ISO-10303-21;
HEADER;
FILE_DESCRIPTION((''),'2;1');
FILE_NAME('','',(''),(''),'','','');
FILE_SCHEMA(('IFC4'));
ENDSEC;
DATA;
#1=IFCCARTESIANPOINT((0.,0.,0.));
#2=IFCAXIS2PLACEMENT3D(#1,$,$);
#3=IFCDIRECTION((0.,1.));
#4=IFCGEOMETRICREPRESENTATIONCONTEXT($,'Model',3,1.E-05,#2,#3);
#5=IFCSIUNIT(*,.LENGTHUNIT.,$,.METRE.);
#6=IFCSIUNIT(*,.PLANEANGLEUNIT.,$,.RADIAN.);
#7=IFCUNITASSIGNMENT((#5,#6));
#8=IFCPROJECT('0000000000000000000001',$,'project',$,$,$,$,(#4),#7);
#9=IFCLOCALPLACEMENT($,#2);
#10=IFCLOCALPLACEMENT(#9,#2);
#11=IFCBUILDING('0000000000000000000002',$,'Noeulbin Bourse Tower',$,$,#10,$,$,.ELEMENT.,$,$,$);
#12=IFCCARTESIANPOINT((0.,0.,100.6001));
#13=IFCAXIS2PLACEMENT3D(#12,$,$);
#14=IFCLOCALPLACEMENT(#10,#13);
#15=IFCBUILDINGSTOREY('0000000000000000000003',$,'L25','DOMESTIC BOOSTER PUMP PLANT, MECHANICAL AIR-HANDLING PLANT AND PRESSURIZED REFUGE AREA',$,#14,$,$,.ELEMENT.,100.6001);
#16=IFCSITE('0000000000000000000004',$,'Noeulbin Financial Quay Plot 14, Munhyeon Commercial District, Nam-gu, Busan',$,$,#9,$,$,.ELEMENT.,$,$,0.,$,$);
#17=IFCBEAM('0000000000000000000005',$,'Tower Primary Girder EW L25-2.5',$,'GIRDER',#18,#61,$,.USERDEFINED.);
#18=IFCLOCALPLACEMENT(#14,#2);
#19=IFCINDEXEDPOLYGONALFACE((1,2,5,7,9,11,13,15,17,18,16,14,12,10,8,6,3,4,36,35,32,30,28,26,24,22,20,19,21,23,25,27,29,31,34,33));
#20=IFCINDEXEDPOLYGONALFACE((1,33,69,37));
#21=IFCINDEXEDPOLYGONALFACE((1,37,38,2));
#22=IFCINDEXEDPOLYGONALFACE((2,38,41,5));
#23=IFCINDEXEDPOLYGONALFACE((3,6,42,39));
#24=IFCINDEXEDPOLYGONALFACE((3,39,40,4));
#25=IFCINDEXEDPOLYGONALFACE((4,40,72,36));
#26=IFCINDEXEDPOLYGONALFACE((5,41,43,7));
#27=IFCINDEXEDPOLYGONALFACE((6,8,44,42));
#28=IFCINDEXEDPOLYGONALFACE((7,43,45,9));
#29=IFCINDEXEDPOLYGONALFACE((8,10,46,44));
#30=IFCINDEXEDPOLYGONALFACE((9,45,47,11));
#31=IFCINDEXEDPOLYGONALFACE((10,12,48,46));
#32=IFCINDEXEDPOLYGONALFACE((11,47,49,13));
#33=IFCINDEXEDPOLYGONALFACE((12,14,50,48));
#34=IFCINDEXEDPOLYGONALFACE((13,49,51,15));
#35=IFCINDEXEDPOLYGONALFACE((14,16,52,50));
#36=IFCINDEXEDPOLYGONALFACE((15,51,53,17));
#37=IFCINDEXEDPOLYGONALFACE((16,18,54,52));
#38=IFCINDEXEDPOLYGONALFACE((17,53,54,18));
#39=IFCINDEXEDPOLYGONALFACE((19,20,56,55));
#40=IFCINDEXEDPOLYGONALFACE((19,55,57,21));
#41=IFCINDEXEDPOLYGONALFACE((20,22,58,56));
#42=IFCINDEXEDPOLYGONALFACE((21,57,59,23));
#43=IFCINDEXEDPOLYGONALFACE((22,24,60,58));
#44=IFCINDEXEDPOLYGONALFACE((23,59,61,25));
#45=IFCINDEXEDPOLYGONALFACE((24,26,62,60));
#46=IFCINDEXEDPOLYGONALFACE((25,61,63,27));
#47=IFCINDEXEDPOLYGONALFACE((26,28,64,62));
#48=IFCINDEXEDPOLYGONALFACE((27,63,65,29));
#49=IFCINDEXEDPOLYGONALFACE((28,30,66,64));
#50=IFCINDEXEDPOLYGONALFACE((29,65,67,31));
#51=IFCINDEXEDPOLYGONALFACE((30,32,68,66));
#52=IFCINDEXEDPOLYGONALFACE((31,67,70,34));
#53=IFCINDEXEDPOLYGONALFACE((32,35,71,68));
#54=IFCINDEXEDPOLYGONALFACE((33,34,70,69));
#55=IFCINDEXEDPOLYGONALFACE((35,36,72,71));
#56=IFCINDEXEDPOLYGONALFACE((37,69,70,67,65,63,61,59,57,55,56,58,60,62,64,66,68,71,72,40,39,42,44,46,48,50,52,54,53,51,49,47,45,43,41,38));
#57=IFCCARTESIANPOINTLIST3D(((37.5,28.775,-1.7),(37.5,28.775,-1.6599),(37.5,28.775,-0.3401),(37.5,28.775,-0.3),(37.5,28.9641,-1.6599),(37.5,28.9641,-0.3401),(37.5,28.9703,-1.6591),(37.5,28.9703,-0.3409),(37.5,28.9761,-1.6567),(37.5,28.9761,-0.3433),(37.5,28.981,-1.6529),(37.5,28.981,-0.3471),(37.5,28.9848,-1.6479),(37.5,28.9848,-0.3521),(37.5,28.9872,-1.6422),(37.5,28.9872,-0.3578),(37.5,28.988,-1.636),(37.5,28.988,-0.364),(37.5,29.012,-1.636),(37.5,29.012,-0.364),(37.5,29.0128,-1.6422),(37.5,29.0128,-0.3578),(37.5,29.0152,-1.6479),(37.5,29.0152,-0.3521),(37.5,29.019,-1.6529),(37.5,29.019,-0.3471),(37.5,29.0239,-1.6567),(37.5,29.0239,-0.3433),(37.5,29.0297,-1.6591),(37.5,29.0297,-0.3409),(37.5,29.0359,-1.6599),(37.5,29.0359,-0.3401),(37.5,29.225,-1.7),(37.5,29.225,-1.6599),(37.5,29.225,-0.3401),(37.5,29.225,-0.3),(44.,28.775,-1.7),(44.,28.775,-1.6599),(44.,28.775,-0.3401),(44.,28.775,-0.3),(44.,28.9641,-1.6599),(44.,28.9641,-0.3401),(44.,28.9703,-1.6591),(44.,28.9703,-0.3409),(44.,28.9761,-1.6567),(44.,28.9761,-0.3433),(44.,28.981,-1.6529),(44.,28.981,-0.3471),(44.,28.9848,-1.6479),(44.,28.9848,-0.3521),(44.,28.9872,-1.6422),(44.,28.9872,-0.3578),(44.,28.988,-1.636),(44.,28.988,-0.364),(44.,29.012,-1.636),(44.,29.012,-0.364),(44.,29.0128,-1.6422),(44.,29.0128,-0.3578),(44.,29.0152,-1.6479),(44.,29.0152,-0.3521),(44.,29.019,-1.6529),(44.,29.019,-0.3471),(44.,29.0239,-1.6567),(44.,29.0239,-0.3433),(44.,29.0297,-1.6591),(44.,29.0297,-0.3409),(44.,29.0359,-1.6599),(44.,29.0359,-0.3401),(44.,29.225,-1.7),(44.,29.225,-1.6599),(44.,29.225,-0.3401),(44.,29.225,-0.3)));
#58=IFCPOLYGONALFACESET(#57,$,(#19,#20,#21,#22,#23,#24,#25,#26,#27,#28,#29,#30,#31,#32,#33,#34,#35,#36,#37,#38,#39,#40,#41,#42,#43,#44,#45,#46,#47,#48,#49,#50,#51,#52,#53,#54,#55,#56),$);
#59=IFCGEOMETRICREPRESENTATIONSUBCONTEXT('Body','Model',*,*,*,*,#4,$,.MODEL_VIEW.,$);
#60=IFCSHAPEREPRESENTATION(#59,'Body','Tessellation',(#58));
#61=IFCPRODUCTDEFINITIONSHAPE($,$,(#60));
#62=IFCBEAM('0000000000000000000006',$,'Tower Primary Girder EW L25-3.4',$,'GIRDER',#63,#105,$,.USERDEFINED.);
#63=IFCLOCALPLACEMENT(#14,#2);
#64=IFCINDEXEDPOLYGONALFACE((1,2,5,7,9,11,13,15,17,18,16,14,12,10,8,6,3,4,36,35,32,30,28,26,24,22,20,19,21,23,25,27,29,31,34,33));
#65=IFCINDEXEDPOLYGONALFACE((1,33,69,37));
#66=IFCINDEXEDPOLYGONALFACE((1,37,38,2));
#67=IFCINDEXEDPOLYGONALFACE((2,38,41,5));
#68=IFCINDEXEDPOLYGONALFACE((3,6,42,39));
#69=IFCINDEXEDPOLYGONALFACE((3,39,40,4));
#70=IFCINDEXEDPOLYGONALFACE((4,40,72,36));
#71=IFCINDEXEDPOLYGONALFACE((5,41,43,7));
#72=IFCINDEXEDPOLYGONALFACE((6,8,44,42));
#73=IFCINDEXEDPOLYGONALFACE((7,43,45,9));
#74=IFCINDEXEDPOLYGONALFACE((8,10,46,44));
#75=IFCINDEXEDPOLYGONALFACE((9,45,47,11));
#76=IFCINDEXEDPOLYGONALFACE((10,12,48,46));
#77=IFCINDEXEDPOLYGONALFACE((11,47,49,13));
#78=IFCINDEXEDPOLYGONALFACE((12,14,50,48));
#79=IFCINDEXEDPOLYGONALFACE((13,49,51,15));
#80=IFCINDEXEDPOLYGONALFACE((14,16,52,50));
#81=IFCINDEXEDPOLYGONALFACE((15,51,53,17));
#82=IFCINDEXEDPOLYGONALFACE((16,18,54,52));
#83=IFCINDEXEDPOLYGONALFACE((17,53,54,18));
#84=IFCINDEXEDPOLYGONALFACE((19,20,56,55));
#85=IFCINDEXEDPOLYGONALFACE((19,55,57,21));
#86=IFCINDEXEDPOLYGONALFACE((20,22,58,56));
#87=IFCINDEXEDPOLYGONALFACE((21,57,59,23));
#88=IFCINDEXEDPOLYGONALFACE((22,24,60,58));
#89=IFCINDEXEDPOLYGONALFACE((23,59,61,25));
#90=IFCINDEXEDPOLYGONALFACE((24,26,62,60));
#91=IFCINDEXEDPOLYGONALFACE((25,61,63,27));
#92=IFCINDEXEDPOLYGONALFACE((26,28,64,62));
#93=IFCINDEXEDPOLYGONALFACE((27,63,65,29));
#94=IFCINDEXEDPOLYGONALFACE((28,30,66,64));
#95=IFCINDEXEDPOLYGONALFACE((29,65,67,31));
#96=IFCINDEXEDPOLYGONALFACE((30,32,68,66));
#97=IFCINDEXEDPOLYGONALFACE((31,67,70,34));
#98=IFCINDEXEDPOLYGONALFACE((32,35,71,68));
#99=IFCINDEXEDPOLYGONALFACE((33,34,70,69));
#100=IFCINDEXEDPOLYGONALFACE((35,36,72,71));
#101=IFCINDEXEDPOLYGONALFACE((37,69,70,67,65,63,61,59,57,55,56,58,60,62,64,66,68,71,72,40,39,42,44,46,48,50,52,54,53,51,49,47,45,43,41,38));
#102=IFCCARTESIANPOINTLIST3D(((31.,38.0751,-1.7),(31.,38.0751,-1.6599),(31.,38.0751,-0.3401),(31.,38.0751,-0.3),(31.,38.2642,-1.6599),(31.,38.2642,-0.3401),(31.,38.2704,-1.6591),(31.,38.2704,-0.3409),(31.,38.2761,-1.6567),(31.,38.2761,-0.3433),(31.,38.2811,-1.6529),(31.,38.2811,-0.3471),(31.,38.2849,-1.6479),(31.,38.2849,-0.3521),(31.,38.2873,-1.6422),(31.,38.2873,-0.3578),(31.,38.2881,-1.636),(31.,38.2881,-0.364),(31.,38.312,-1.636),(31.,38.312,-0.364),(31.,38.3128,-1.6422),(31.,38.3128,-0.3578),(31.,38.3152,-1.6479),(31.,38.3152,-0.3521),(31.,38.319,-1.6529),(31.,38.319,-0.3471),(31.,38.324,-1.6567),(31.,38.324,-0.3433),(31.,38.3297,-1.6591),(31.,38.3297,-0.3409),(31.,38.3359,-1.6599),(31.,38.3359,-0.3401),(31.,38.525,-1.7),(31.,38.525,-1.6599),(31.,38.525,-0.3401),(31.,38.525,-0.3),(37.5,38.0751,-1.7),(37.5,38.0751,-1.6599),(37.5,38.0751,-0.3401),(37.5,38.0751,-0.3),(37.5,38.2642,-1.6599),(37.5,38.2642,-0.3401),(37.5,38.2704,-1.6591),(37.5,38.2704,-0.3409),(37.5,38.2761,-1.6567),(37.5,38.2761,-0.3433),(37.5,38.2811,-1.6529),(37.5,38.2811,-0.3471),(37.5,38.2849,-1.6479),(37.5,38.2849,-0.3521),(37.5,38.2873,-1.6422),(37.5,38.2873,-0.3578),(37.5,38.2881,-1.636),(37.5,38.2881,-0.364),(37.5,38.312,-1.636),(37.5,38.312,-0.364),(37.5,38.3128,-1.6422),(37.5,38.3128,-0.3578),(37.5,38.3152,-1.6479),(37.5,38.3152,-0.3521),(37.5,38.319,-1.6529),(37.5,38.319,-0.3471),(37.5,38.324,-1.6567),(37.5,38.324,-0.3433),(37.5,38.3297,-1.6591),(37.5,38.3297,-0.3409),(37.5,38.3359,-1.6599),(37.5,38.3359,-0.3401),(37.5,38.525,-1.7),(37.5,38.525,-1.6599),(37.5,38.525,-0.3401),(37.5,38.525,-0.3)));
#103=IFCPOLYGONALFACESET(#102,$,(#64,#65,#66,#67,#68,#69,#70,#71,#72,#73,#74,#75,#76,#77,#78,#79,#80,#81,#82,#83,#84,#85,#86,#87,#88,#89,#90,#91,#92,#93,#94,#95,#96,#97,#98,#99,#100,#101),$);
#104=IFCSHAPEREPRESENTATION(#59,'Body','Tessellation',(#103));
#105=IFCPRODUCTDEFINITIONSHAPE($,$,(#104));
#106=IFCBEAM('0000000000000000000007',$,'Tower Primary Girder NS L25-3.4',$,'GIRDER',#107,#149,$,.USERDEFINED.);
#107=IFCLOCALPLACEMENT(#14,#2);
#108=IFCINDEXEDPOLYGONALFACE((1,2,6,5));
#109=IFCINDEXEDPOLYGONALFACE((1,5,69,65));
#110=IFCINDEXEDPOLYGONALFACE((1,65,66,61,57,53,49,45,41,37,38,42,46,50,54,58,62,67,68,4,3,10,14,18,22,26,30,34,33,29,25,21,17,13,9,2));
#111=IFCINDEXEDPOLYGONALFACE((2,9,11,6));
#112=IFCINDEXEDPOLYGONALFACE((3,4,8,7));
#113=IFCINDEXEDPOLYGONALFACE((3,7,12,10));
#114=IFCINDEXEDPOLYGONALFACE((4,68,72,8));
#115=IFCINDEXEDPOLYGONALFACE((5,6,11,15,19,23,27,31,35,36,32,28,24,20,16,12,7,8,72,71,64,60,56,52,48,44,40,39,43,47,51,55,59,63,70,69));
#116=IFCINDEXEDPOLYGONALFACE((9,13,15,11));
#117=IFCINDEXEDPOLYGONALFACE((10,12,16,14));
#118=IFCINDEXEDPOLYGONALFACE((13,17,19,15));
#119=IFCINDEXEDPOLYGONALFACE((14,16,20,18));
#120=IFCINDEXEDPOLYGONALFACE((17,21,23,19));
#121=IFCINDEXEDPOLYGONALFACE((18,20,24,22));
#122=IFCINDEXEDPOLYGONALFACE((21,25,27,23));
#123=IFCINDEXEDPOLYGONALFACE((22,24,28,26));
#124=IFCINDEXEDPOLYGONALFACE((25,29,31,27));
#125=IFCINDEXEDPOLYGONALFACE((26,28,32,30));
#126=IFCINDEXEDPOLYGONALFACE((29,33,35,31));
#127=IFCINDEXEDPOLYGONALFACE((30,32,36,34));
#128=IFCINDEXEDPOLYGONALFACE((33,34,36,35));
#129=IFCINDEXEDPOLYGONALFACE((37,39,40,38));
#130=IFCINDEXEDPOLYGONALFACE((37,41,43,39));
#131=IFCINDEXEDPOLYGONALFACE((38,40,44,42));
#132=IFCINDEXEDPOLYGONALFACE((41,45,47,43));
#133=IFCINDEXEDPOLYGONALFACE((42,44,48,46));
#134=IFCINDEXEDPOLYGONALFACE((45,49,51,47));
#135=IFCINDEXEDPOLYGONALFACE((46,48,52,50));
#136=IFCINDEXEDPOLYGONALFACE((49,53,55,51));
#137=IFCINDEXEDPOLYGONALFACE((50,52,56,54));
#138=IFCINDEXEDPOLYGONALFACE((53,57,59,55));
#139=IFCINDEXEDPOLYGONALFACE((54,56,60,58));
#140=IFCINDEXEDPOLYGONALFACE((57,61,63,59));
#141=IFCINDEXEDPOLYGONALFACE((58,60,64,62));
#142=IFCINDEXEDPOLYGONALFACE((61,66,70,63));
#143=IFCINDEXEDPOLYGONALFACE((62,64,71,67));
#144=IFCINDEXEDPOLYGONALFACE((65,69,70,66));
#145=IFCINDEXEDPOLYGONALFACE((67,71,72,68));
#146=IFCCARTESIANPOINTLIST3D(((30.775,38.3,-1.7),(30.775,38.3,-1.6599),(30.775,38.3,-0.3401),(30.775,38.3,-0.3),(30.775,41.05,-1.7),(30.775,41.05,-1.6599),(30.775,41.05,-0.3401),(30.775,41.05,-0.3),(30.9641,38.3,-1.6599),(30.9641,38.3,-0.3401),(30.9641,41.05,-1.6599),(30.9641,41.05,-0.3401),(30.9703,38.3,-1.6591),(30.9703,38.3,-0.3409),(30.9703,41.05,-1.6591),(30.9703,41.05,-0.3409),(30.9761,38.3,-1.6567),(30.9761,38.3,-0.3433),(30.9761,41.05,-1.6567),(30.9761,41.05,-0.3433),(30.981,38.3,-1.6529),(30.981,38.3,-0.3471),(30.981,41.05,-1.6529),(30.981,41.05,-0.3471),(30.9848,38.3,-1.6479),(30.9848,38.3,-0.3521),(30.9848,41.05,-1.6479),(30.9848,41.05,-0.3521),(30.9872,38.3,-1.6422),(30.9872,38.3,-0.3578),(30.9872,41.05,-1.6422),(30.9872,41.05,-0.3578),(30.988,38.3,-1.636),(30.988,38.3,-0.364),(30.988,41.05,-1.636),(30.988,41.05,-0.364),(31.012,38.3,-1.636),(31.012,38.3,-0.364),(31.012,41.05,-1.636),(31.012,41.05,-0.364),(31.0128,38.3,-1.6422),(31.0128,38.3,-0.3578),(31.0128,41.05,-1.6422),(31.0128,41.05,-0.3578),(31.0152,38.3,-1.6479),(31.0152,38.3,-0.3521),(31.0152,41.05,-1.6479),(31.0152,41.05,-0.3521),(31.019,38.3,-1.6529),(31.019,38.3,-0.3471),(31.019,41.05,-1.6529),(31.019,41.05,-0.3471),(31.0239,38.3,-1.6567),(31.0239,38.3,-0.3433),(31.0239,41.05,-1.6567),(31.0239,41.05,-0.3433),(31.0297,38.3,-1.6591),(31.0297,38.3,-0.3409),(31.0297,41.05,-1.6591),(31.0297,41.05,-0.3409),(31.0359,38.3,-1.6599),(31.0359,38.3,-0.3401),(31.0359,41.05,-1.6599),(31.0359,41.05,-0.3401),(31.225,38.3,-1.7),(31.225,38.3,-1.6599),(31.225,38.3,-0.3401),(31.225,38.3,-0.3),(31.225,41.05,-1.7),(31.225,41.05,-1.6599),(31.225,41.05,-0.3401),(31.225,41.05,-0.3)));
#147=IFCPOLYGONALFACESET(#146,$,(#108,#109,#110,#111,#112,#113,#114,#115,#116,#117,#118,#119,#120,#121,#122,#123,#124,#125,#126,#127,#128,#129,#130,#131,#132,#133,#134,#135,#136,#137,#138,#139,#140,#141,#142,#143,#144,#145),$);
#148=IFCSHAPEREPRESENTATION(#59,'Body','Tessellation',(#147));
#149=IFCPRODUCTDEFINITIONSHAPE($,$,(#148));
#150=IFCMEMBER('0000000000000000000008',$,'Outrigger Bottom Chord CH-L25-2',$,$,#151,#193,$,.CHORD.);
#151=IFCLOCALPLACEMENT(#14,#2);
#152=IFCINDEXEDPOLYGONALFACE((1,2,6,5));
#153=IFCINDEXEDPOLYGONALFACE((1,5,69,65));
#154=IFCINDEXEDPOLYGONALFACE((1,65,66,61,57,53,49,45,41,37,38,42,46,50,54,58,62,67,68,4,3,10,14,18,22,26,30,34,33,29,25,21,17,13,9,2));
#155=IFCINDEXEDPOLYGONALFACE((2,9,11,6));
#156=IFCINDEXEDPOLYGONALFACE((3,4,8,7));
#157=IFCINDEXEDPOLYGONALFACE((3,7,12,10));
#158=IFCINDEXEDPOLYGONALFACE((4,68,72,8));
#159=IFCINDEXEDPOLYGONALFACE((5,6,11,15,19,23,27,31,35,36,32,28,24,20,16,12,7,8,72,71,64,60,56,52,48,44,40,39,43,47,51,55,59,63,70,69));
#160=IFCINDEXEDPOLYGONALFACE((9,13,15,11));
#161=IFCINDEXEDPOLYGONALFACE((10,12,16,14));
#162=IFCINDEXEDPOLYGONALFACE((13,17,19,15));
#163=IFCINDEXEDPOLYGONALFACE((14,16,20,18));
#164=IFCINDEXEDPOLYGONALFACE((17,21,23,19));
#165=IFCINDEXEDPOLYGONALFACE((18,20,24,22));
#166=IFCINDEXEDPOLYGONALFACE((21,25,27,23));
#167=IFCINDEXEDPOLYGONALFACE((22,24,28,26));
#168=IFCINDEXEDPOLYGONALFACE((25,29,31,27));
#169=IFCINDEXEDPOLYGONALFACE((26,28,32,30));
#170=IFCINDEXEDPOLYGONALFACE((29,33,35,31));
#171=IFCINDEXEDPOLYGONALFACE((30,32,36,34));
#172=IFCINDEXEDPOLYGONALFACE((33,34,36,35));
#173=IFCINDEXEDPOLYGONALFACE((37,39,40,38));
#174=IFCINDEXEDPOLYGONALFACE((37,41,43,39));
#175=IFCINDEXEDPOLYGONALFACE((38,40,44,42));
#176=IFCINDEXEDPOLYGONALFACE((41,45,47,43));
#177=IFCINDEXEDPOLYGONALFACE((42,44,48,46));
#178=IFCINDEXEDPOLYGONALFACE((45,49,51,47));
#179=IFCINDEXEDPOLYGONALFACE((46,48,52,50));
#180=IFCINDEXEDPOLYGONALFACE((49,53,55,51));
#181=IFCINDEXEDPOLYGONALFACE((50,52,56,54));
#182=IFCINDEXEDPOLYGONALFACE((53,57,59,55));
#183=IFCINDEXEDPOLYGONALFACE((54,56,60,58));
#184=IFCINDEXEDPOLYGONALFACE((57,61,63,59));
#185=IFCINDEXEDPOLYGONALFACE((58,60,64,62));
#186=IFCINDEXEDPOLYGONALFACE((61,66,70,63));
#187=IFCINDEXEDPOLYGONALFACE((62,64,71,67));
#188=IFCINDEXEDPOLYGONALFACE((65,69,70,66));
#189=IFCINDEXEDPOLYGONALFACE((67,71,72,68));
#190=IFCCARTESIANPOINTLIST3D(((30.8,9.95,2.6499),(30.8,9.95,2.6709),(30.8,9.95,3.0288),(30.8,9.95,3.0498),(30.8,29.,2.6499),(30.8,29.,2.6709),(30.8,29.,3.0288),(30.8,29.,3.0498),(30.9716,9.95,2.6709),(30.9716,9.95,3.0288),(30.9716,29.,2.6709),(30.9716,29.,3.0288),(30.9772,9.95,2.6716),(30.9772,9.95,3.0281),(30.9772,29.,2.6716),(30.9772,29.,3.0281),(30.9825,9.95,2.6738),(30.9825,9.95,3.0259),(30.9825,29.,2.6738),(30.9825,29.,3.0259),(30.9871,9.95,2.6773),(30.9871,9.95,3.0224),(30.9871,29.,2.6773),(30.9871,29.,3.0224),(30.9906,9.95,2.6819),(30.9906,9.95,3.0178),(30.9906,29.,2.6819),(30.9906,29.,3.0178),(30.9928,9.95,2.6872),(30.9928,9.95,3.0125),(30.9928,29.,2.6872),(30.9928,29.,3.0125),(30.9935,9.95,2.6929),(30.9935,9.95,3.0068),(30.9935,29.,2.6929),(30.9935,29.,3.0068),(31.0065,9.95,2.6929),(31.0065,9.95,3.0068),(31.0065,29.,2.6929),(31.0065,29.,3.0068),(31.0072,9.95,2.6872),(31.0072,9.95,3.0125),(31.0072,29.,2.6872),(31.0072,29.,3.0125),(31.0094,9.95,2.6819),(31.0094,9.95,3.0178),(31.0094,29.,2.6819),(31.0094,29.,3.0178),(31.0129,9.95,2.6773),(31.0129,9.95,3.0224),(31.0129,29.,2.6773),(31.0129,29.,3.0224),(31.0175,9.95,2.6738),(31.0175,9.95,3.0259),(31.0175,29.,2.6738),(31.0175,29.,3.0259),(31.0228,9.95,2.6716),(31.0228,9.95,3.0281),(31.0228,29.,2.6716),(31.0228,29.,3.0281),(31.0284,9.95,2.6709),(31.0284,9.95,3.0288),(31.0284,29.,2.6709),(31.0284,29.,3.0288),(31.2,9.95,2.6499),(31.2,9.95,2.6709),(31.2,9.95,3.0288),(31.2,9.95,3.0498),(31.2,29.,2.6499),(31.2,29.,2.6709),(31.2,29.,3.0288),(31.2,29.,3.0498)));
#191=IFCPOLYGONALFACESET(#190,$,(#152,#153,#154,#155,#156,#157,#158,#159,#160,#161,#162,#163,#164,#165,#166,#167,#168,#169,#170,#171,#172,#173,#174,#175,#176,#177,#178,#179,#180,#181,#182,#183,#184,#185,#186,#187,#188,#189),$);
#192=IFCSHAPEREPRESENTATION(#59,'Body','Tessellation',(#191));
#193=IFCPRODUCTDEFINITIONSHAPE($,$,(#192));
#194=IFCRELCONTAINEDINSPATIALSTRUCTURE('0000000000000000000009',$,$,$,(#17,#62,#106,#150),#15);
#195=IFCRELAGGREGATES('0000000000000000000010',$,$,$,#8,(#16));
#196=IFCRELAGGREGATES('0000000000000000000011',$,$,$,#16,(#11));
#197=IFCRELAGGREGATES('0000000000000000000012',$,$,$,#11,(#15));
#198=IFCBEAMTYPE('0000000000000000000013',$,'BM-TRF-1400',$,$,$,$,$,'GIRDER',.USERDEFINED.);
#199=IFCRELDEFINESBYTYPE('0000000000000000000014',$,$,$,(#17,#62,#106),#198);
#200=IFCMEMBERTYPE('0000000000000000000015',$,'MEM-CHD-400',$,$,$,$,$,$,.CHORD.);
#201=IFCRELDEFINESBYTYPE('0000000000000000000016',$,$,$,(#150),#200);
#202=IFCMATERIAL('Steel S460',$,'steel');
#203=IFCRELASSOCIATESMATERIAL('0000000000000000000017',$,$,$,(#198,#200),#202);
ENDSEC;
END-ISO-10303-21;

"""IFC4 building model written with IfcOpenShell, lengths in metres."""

from ifc_helpers import new_model, si_unit, direction, frame, origin, origin_2d, place, context, subcontext, project, spatial, i_section, extrude, material, material_profile, profile_set, type_object, element, save


model = new_model("IFC4")

# Units and contexts
model_context = context("Model", 3, precision=1e-05, world=origin(), true_north=direction((0.0, 1.0)))
body_context = subcontext(model_context, "Body", "Model", "MODEL_VIEW")
ifc_project = project(units=[si_unit("LENGTHUNIT", "METRE"), si_unit("PLANEANGLEUNIT", "RADIAN")], contexts=[model_context])

# Site, building, storey
site_placement = place(None, origin())
site = spatial("IfcSite", under=ifc_project, at=site_placement, Name="Noeulbin Financial Quay Plot 14, Munhyeon Commercial District, Nam-gu, Busan", CompositionType="ELEMENT", RefElevation=0.0)
building_placement = place(site_placement, origin())
building = spatial("IfcBuilding", under=site, at=building_placement, Name="Noeulbin Bourse Tower", CompositionType="ELEMENT")
storey_placement = place(building_placement, frame((0.0, 0.0, 100.6001)))
storey = spatial("IfcBuildingStorey", under=building, at=storey_placement, Name="L25", Description="DOMESTIC BOOSTER PUMP PLANT, MECHANICAL AIR-HANDLING PLANT AND PRESSURIZED REFUGE AREA", CompositionType="ELEMENT", Elevation=100.6001)

# Shared definitions
ifc_material_1 = material(Name="Steel S460", Category="steel")

# Beams
ifc_material_profile_1 = material_profile(ifc_material_1, i_section(OverallWidth=0.45, OverallDepth=1.3999, WebThickness=0.0239, FlangeThickness=0.04, FilletRadius=0.0239, at=origin_2d()), Name="PG-1400x450x24x40", Category="LoadBearing")
ifc_profile_set_1 = profile_set([ifc_material_profile_1], Name="Steel S460")
beam_type = type_object("IfcBeamType", Name="BM-TRF-1400", ElementType="GIRDER", PredefinedType="USERDEFINED", material=ifc_profile_set_1)
for number, where, z_axis, x_axis, name in (
    (1, (37.5, 29.0, -1.0), (1.0, 0.0, 0.0), (0.0, 1.0, 0.0), "Tower Primary Girder EW L25-2.5"),
    (2, (31.0, 38.3, -1.0), (1.0, 0.0, 0.0), (0.0, 1.0, 0.0), "Tower Primary Girder EW L25-3.4"),
):
    element("IfcBeam", number, at=place(storey_placement, frame(where, z_axis=z_axis, x_axis=x_axis)), inside=storey, type_object=beam_type, Name=name, ObjectType="GIRDER", PredefinedType="USERDEFINED", context=body_context, shape_type="SweptSolid", body=[
        extrude(i_section(OverallWidth=0.45, OverallDepth=1.3999, WebThickness=0.0239, FlangeThickness=0.04, FilletRadius=0.0239, at=origin_2d()), origin(), (0.0, 0.0, 1.0), 6.5),
    ])
beam_placement = place(storey_placement, frame((31.0, 38.3, -1.0), z_axis=(0.0, 1.0, 0.0), x_axis=(-1.0, 0.0, 0.0)))
element("IfcBeam", 3, at=beam_placement, inside=storey, type_object=beam_type, Name="Tower Primary Girder NS L25-3.4", ObjectType="GIRDER", PredefinedType="USERDEFINED", context=body_context, shape_type="SweptSolid", body=[
    extrude(i_section(OverallWidth=0.45, OverallDepth=1.3999, WebThickness=0.0239, FlangeThickness=0.04, FilletRadius=0.0239, at=origin_2d()), origin(), (0.0, 0.0, 1.0), 2.75),
])

# Member
ifc_material_profile_2 = material_profile(ifc_material_1, i_section(OverallWidth=0.3999, OverallDepth=0.3999, WebThickness=0.0129, FlangeThickness=0.021, FilletRadius=0.022, at=origin_2d()), Name="H-400x400x13x21", Category="LoadBearing")
ifc_profile_set_2 = profile_set([ifc_material_profile_2], Name="Steel S460")
member_type_1 = type_object("IfcMemberType", Name="MEM-CHD-400", PredefinedType="CHORD", material=ifc_profile_set_2)
for number, where, z_axis, x_axis, name in (
    (4, (31.0, 29.0, 2.8499), (0.0, -1.0, 0.0), (1.0, 0.0, 0.0), "Outrigger Bottom Chord CH-L25-2"),
):
    element("IfcMember", number, at=place(storey_placement, frame(where, z_axis=z_axis, x_axis=x_axis)), inside=storey, type_object=member_type_1, Name=name, PredefinedType="CHORD", context=body_context, shape_type="SweptSolid", body=[
        extrude(i_section(OverallWidth=0.3999, OverallDepth=0.3999, WebThickness=0.0129, FlangeThickness=0.021, FilletRadius=0.022, at=origin_2d()), origin(), (0.0, 0.0, 1.0), 19.05),
    ])

save(model, "model.ifc")
